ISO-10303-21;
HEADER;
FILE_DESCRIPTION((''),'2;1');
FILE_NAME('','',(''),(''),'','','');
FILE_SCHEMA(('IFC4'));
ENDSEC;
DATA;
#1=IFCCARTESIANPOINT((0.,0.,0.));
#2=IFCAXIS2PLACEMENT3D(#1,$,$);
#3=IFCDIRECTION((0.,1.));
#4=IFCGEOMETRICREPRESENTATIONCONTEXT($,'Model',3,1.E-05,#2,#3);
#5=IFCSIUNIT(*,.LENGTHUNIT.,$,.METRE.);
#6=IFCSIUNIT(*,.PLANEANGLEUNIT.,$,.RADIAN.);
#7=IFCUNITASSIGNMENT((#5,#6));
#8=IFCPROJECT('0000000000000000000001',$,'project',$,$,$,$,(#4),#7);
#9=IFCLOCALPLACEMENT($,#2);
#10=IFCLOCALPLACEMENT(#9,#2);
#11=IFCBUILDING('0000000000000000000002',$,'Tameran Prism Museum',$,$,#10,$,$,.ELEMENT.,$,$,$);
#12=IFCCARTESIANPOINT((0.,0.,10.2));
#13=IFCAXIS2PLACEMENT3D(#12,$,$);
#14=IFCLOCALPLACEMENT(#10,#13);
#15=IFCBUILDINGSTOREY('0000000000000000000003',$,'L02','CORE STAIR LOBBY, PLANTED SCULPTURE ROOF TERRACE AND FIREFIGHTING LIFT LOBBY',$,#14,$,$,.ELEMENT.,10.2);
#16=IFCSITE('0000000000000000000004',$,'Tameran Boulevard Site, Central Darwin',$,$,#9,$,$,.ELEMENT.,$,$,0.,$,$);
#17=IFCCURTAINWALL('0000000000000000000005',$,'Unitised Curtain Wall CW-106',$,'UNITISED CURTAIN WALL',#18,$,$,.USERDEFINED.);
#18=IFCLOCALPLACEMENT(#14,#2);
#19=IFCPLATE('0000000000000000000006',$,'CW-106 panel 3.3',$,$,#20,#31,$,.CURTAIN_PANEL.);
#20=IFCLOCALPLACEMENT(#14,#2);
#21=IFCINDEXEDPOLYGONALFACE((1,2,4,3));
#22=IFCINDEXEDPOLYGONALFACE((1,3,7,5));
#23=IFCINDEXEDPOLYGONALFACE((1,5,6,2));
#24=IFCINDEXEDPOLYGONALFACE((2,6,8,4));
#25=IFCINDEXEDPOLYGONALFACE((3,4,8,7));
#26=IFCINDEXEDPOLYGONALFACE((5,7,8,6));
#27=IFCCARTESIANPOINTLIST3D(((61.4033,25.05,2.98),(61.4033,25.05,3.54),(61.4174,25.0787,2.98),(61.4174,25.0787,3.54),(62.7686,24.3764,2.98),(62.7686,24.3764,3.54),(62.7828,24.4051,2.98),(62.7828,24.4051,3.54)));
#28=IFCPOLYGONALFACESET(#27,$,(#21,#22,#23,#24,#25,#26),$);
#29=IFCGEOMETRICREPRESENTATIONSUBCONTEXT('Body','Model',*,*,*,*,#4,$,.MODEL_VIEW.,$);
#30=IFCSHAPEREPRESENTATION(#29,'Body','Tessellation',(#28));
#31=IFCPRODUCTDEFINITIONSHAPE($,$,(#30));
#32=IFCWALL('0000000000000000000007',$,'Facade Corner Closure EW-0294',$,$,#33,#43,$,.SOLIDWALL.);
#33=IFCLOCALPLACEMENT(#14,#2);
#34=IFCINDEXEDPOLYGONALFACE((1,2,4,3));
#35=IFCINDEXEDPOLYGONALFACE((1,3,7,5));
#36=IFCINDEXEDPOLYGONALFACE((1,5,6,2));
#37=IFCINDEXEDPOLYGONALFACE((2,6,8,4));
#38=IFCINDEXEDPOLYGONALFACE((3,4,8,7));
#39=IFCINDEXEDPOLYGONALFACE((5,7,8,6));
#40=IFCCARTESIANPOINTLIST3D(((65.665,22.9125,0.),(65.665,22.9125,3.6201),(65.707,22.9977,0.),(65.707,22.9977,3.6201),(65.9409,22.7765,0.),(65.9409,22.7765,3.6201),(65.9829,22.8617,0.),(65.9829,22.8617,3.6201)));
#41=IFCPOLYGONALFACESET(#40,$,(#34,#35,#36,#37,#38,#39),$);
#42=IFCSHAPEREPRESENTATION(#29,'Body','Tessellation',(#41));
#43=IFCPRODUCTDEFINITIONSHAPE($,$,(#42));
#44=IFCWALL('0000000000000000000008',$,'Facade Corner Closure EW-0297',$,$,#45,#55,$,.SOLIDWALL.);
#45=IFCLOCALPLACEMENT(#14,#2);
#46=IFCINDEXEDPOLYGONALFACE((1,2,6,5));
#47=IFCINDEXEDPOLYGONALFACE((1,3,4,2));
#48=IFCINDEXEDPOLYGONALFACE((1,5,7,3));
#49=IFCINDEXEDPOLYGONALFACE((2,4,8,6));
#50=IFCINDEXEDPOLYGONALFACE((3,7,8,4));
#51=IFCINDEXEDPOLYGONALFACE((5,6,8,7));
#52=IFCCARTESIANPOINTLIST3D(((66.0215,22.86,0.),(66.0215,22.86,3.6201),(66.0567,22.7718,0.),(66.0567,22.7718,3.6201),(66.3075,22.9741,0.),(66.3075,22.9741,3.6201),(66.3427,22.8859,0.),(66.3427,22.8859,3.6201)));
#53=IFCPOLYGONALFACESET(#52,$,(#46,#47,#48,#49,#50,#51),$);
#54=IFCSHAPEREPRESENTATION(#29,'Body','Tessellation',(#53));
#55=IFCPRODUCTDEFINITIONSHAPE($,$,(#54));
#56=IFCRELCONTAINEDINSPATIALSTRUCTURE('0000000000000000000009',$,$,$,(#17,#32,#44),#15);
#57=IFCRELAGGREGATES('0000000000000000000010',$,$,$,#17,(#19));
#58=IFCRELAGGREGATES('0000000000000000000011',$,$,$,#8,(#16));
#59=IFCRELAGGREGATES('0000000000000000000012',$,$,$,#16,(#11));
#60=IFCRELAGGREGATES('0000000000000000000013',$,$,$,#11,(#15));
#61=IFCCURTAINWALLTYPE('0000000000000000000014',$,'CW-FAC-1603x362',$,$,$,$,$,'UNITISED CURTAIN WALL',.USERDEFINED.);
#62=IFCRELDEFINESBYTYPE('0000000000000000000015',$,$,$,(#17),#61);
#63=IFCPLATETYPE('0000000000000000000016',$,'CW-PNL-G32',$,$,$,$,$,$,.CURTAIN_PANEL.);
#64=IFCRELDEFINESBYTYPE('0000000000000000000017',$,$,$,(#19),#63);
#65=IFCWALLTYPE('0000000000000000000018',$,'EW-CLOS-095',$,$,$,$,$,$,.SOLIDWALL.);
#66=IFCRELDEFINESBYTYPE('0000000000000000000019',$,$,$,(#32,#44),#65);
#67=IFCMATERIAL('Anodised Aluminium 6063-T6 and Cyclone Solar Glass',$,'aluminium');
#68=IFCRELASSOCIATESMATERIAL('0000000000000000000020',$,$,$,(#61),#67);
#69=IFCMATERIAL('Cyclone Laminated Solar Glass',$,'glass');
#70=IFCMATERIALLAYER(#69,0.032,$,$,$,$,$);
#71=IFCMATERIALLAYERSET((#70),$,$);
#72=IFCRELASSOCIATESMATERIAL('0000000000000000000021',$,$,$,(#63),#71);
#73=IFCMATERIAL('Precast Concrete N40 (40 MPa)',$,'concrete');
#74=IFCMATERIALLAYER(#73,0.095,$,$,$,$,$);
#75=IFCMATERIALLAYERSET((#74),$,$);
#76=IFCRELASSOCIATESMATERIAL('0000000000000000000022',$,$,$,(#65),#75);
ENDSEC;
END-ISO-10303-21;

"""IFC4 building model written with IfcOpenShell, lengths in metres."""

from ifc_helpers import new_model, si_unit, direction, frame, frame_2d, origin, origin_2d, place, context, subcontext, project, spatial, rectangle, extrude, material, layer, layer_set, type_object, element, aggregate, save


model = new_model("IFC4")

# Units and contexts
model_context = context("Model", 3, precision=1e-05, world=origin(), true_north=direction((0.0, 1.0)))
body_context = subcontext(model_context, "Body", "Model", "MODEL_VIEW")
ifc_project = project(units=[si_unit("LENGTHUNIT", "METRE"), si_unit("PLANEANGLEUNIT", "RADIAN")], contexts=[model_context])

# Site, building, storey
site_placement = place(None, origin())
site = spatial("IfcSite", under=ifc_project, at=site_placement, Name="Tameran Boulevard Site, Central Darwin", CompositionType="ELEMENT", RefElevation=0.0)
building_placement = place(site_placement, origin())
building = spatial("IfcBuilding", under=site, at=building_placement, Name="Tameran Prism Museum", CompositionType="ELEMENT")
storey_placement = place(building_placement, frame((0.0, 0.0, 10.2)))
storey = spatial("IfcBuildingStorey", under=building, at=storey_placement, Name="L02", Description="CORE STAIR LOBBY, PLANTED SCULPTURE ROOF TERRACE AND FIREFIGHTING LIFT LOBBY", CompositionType="ELEMENT", Elevation=10.2)

# Curtain wall, plate
ifc_material_1 = material(Name="Anodised Aluminium 6063-T6 and Cyclone Solar Glass", Category="aluminium")
curtain_wall_type = type_object("IfcCurtainWallType", Name="CW-FAC-1603x362", ElementType="UNITISED CURTAIN WALL", PredefinedType="USERDEFINED", material=ifc_material_1)
curtain_wall_placement = place(storey_placement, origin())
curtain_wall = element("IfcCurtainWall", 1, at=curtain_wall_placement, inside=storey, type_object=curtain_wall_type, Name="Unitised Curtain Wall CW-106", ObjectType="UNITISED CURTAIN WALL", PredefinedType="USERDEFINED")
ifc_material_2 = material(Name="Cyclone Laminated Solar Glass", Category="glass")
ifc_layer_1 = layer(ifc_material_2, 0.032)
ifc_layer_set_1 = layer_set([ifc_layer_1])
plate_type = type_object("IfcPlateType", Name="CW-PNL-G32", PredefinedType="CURTAIN_PANEL", material=ifc_layer_set_1)
plate_1_placement = place(storey_placement, frame((62.093, 24.7275, 2.98), z_axis=(0.0, 0.0, 1.0), x_axis=(-0.896811, 0.442415, 0.0)))
plate_1 = element("IfcPlate", 2, at=plate_1_placement, type_object=plate_type, Name="CW-106 panel 3.3", PredefinedType="CURTAIN_PANEL", context=body_context, shape_type="SweptSolid", body=[
    extrude(rectangle(XDim=1.5225, YDim=0.032, at=origin_2d()), origin(), (0.0, 0.0, 1.0), 0.5601),
])
aggregate(curtain_wall, [plate_1])

# Walls
ifc_material_3 = material(Name="Precast Concrete N40 (40 MPa)", Category="concrete")
ifc_layer_2 = layer(ifc_material_3, 0.095)
ifc_layer_set_2 = layer_set([ifc_layer_2])
wall_type = type_object("IfcWallType", Name="EW-CLOS-095", PredefinedType="SOLIDWALL", material=ifc_layer_set_2)
wall_1_placement = place(storey_placement, frame((65.9619, 22.8191, 0.0), z_axis=(0.0, 0.0, 1.0), x_axis=(-0.896953, 0.442126, 0.0)))
element("IfcWall", 3, at=wall_1_placement, inside=storey, type_object=wall_type, Name="Facade Corner Closure EW-0294", PredefinedType="SOLIDWALL", context=body_context, shape_type="SweptSolid", body=[
    extrude(rectangle(XDim=0.3076, YDim=0.095, at=frame_2d((0.1538, 0.0))), origin(), (0.0, 0.0, 1.0), 3.6201),
])
wall_2_placement = place(storey_placement, frame((66.325, 22.9299, 0.0), z_axis=(0.0, 0.0, 1.0), x_axis=(-0.928859, -0.370433, 0.0)))
element("IfcWall", 4, at=wall_2_placement, inside=storey, type_object=wall_type, Name="Facade Corner Closure EW-0297", PredefinedType="SOLIDWALL", context=body_context, shape_type="SweptSolid", body=[
    extrude(rectangle(XDim=0.3079, YDim=0.095, at=frame_2d((0.1538, 0.0))), origin(), (0.0, 0.0, 1.0), 3.6201),
])

save(model, "model.ifc")
